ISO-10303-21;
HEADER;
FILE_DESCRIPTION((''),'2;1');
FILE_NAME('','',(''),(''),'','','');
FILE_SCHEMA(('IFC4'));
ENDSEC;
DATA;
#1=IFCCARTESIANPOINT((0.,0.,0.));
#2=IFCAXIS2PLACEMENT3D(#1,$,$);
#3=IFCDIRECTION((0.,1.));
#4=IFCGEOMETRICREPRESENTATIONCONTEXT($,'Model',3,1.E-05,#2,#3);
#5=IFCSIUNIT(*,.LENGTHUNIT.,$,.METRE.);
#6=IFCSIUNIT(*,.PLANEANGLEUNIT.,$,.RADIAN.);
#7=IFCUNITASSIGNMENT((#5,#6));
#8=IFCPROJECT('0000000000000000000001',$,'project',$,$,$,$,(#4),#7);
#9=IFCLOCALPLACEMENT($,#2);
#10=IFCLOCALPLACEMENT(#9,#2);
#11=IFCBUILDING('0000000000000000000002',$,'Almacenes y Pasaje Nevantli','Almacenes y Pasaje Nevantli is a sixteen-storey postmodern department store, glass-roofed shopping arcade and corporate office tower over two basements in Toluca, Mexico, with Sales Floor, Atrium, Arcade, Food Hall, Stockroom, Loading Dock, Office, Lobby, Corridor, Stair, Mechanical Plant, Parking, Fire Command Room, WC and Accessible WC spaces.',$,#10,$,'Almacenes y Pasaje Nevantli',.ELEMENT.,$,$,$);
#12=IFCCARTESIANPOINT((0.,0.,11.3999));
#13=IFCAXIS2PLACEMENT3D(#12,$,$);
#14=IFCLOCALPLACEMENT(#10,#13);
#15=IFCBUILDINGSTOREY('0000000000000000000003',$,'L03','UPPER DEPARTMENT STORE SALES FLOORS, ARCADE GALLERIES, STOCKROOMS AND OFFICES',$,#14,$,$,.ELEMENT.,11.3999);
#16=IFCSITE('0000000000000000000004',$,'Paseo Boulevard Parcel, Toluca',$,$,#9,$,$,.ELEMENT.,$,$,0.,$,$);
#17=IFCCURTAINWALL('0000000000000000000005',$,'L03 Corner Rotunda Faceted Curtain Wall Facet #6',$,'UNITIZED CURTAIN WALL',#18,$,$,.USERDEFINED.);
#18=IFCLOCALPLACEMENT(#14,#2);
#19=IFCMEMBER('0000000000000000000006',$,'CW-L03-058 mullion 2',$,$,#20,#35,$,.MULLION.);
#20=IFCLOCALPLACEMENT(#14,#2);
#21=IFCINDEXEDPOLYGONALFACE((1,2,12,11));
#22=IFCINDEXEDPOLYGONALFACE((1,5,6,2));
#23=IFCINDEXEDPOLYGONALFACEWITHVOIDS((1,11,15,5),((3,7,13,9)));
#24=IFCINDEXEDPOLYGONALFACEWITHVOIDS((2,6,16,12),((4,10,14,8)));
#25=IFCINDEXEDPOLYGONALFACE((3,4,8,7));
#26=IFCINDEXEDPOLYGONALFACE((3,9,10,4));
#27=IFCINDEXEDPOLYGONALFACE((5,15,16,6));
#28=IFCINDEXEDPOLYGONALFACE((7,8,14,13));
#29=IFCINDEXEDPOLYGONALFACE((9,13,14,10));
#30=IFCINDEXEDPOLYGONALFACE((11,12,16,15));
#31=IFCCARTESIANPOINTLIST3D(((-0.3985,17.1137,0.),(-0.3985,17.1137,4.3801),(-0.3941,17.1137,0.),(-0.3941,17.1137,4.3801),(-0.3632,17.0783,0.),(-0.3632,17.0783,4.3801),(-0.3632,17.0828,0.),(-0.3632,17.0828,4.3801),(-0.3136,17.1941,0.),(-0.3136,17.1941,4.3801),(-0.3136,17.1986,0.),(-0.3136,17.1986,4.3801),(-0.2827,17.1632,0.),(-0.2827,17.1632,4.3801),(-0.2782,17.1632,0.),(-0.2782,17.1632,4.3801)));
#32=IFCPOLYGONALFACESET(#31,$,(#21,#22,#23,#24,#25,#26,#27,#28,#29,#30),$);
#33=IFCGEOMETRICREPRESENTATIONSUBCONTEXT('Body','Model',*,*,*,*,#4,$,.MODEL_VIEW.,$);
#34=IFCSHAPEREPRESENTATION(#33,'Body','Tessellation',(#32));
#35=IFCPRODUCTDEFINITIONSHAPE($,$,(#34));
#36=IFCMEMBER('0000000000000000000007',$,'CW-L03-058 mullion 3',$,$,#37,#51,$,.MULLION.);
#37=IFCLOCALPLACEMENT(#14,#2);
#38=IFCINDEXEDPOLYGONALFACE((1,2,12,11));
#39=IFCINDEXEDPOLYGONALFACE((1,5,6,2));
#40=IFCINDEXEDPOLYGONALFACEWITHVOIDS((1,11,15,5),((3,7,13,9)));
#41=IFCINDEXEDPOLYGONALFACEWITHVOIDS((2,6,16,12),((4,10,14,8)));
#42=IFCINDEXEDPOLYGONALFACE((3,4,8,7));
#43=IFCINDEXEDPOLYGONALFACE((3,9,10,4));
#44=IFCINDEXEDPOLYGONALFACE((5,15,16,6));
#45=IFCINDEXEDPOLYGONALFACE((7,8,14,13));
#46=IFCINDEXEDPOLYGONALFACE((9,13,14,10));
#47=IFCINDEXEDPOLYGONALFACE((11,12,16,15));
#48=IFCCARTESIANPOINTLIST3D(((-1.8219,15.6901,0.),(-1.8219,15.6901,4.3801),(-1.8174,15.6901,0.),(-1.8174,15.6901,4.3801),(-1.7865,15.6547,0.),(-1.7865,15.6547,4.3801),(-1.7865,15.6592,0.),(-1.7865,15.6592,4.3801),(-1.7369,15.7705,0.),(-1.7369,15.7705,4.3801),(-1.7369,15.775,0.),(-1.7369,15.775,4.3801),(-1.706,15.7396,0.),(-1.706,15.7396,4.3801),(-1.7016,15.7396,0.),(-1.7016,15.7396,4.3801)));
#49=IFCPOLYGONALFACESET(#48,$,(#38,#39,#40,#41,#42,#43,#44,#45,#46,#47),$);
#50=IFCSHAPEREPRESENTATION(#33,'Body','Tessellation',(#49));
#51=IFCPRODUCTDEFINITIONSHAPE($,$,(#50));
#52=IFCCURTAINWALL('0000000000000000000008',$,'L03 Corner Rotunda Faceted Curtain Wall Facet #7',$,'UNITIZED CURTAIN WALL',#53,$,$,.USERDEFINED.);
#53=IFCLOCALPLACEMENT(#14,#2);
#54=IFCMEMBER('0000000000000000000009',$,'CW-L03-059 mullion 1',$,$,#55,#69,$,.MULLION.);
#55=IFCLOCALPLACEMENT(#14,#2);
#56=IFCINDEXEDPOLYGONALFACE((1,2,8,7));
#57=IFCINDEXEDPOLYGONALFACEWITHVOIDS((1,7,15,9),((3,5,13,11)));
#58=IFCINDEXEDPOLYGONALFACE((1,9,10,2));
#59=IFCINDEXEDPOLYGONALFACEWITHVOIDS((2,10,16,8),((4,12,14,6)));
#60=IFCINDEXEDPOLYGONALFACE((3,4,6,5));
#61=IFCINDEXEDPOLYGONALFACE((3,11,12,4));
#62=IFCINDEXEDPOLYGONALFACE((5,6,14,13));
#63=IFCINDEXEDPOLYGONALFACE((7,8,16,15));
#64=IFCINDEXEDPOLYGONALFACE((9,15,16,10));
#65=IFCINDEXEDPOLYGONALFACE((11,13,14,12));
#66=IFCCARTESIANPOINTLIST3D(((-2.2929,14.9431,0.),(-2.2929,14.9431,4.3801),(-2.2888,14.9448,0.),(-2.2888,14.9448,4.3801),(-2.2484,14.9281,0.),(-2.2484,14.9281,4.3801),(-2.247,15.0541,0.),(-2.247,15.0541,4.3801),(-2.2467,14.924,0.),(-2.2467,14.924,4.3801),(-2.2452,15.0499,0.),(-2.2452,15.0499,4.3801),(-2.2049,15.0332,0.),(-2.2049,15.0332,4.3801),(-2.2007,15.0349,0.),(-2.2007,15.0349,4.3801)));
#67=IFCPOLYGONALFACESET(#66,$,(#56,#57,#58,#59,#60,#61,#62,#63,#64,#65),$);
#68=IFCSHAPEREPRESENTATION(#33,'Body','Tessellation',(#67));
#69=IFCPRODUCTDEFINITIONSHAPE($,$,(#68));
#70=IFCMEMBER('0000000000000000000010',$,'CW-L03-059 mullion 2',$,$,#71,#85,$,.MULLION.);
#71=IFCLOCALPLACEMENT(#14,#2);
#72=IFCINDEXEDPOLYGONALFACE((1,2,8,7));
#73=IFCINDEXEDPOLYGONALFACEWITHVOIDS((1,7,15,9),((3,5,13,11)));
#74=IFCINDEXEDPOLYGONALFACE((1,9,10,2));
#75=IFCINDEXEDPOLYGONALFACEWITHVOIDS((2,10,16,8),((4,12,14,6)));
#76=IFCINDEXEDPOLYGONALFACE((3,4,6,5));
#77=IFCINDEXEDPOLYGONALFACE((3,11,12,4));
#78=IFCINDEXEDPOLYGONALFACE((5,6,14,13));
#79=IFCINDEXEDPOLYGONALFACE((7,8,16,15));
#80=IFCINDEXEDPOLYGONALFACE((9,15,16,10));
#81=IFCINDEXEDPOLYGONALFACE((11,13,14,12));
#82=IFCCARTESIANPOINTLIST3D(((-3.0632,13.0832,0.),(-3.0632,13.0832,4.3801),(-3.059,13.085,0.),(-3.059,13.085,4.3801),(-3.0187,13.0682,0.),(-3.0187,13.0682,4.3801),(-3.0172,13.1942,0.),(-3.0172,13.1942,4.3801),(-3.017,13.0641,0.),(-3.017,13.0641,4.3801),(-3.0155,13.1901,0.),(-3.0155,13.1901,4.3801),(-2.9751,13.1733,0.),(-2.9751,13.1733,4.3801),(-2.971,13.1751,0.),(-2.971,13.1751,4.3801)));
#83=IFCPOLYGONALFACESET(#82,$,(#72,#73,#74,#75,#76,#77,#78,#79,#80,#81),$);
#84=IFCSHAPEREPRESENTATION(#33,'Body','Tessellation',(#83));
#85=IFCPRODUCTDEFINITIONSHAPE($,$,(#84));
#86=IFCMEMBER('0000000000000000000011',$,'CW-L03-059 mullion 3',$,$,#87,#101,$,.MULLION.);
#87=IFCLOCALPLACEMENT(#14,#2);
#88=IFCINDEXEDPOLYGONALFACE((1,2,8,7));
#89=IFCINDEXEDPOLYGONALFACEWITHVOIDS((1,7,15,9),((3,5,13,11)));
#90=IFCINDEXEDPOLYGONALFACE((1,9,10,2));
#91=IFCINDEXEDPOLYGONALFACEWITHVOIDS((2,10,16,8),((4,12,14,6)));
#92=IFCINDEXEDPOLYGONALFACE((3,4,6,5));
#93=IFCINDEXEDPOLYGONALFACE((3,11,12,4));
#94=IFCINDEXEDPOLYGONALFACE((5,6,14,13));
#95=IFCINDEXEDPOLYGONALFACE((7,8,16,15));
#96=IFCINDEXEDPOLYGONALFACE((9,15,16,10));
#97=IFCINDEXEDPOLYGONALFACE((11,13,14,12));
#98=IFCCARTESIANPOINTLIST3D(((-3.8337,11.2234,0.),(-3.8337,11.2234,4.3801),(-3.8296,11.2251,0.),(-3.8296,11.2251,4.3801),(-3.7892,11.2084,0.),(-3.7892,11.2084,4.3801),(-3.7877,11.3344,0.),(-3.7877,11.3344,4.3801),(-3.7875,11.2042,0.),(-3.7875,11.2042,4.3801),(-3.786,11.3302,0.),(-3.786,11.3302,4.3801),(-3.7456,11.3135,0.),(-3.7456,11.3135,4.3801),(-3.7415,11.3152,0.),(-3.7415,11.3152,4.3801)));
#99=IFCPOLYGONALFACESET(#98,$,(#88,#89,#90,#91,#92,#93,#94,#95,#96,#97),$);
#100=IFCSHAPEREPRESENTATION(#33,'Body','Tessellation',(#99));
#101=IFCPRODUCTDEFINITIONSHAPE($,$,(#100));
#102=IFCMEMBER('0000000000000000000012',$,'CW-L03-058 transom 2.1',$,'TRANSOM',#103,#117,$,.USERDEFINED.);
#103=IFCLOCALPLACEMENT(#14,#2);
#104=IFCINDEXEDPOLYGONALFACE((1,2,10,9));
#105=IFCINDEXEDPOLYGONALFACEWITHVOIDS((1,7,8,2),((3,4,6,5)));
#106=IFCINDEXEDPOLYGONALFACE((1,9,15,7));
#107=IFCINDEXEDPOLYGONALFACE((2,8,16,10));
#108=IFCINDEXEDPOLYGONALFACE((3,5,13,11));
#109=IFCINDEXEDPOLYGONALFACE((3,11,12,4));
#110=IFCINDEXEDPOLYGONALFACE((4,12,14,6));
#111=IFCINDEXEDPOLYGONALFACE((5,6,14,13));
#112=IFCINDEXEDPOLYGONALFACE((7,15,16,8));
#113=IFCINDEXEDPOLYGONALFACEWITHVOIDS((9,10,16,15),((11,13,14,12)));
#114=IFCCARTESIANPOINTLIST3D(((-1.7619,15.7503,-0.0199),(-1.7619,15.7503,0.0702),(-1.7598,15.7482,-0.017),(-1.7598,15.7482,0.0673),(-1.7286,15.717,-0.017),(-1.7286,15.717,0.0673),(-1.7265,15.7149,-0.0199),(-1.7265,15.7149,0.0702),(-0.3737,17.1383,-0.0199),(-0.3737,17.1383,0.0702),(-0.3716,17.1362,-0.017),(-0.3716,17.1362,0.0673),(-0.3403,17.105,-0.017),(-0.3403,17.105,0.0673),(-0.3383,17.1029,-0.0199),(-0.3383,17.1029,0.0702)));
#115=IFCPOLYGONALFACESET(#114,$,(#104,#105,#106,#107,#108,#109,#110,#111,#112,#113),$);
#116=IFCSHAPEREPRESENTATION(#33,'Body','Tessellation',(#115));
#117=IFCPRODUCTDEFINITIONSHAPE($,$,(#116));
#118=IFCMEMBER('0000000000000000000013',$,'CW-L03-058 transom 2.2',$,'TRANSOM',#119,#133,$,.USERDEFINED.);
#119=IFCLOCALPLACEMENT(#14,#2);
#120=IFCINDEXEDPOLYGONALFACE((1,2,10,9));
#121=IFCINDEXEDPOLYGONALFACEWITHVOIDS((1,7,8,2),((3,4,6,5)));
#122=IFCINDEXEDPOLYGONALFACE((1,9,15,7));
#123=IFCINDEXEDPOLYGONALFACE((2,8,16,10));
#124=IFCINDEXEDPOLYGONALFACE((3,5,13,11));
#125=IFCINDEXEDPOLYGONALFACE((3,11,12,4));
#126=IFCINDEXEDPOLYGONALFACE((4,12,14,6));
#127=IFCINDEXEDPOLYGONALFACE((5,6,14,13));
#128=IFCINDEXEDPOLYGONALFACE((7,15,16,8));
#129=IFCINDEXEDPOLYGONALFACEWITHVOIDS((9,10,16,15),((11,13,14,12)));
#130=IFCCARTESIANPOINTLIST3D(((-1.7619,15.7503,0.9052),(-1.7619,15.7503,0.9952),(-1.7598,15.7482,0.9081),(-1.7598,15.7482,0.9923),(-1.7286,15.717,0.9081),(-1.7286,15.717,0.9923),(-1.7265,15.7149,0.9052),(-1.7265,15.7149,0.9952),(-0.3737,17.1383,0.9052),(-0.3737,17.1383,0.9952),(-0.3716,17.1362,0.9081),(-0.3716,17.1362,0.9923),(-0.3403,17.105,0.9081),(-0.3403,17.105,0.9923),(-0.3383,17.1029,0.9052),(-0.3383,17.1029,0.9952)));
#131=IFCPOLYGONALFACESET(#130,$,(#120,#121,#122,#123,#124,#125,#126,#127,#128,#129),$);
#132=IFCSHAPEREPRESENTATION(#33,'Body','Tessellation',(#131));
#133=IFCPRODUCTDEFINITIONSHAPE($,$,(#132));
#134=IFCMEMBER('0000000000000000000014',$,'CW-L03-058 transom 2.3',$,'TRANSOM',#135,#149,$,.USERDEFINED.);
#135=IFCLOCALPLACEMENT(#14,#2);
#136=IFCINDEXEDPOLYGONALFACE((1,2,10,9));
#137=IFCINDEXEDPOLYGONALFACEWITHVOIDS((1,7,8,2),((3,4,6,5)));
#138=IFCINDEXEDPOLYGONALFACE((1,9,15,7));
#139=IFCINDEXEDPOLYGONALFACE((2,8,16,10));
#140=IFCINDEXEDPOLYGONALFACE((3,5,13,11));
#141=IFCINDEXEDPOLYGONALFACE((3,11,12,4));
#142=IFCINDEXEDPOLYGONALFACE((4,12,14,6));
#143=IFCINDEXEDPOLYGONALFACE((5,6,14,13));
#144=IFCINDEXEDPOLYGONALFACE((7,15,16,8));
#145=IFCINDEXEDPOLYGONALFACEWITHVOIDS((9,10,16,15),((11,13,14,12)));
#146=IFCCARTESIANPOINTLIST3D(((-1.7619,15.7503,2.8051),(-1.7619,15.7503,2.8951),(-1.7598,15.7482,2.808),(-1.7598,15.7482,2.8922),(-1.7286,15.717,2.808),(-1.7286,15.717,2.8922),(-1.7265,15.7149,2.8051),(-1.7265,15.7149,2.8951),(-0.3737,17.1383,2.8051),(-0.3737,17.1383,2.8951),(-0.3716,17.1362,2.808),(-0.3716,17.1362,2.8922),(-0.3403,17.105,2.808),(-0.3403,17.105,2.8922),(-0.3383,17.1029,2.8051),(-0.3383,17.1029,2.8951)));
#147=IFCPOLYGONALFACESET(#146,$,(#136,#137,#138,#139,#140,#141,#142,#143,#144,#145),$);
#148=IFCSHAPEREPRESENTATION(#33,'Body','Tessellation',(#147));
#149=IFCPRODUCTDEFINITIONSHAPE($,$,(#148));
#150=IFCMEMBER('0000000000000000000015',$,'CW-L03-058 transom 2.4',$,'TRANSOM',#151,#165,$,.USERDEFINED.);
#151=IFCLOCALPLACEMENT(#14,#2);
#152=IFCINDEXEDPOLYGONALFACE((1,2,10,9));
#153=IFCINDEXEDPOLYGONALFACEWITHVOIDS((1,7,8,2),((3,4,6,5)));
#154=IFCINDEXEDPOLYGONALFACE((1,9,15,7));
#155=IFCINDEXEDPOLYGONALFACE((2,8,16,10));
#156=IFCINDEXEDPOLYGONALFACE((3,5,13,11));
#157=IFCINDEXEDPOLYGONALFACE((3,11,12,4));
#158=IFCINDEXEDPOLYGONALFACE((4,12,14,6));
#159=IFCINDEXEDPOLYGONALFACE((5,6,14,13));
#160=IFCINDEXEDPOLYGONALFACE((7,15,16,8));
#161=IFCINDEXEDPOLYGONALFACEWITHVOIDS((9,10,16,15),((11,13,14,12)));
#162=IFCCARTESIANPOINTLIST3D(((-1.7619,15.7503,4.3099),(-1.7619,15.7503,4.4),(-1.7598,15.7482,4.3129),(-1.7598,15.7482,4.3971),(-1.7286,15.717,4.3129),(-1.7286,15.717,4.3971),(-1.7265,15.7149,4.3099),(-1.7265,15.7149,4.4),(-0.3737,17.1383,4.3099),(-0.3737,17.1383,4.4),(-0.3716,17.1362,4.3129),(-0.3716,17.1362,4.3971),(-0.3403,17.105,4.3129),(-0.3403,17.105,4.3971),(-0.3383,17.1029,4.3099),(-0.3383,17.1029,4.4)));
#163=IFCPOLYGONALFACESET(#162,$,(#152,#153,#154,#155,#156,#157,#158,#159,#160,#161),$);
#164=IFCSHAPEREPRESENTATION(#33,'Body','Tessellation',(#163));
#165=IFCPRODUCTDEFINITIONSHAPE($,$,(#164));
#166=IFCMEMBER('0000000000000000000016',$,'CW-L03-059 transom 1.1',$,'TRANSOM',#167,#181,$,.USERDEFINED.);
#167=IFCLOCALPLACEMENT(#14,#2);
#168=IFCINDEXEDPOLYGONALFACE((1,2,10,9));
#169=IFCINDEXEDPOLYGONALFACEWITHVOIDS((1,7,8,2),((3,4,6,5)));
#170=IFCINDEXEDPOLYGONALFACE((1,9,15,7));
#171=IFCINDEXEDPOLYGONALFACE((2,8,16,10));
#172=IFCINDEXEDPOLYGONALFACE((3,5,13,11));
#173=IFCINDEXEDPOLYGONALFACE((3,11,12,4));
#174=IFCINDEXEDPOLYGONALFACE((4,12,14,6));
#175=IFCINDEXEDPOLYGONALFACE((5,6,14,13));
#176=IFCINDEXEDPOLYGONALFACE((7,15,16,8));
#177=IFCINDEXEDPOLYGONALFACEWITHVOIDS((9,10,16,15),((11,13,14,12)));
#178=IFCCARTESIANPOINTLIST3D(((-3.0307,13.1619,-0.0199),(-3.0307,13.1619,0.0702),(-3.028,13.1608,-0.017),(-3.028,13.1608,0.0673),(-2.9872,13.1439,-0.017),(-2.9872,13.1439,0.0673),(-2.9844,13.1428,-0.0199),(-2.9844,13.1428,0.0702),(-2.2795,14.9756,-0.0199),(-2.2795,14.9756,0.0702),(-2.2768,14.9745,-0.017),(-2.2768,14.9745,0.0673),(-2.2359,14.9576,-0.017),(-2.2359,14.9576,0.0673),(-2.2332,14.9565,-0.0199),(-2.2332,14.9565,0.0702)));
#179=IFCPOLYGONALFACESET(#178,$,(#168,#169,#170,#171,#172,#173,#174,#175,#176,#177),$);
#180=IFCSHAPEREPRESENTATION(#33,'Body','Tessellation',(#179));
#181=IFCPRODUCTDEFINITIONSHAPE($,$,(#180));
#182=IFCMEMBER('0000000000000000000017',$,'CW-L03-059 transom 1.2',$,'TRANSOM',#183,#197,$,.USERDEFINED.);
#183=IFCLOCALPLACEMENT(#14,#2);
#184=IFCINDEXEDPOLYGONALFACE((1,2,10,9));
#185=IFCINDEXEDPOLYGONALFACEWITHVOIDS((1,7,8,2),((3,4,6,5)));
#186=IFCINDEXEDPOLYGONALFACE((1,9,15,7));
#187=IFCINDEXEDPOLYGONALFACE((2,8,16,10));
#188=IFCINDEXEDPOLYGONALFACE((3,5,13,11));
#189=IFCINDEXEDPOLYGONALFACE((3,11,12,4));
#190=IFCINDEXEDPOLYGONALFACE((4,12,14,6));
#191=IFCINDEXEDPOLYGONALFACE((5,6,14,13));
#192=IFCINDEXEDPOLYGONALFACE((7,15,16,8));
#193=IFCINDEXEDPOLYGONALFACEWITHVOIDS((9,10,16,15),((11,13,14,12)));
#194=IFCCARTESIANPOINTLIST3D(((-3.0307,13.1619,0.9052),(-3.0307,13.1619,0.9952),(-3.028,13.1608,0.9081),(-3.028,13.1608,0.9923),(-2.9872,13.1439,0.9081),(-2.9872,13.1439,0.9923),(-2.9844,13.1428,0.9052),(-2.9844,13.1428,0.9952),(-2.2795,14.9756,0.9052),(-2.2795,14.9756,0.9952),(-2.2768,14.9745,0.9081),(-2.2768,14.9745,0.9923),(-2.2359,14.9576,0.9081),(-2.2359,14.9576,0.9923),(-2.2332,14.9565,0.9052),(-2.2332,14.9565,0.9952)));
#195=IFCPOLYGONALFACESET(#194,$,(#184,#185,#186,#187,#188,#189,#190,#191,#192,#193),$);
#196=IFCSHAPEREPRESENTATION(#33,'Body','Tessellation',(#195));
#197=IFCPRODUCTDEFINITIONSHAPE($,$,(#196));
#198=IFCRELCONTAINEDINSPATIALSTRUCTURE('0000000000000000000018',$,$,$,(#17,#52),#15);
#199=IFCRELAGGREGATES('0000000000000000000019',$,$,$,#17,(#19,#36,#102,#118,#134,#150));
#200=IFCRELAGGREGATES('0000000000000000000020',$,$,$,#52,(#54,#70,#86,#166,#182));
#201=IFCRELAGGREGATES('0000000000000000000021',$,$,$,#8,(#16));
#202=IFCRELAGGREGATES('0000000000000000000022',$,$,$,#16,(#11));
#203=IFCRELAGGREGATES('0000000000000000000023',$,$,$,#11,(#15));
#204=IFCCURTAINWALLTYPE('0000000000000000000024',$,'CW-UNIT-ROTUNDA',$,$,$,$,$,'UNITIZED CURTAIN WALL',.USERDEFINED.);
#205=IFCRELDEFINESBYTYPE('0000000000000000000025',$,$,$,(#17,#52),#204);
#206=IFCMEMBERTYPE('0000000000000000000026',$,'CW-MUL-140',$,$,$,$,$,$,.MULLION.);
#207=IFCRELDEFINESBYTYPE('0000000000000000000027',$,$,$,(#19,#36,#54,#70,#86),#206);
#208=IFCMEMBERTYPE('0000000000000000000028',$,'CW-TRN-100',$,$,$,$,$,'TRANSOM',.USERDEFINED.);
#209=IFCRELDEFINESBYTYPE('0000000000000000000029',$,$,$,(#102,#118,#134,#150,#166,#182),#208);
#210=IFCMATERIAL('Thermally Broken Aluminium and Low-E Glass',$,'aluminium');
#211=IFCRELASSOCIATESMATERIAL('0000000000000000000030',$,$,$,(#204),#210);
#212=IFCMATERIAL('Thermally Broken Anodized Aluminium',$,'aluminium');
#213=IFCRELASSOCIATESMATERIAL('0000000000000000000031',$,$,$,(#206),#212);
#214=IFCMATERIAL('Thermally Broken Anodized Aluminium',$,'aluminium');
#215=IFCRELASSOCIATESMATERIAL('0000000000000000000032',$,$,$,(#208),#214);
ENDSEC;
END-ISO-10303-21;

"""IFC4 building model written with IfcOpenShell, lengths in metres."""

from ifc_helpers import new_model, si_unit, direction, frame, origin, origin_2d, place, context, subcontext, project, spatial, hollow_rectangle, extrude, material, material_profile, profile_set, type_object, element, aggregate, save


model = new_model("IFC4")

# Units and contexts
model_context = context("Model", 3, precision=1e-05, world=origin(), true_north=direction((0.0, 1.0)))
body_context = subcontext(model_context, "Body", "Model", "MODEL_VIEW")
ifc_project = project(units=[si_unit("LENGTHUNIT", "METRE"), si_unit("PLANEANGLEUNIT", "RADIAN")], contexts=[model_context])

# Site, building, storey
site_placement = place(None, origin())
site = spatial("IfcSite", under=ifc_project, at=site_placement, Name="Paseo Boulevard Parcel, Toluca", CompositionType="ELEMENT", RefElevation=0.0)
building_placement = place(site_placement, origin())
building = spatial("IfcBuilding", under=site, at=building_placement, Name="Almacenes y Pasaje Nevantli", Description="Almacenes y Pasaje Nevantli is a sixteen-storey postmodern department store, glass-roofed shopping arcade and corporate office tower over two basements in Toluca, Mexico, with Sales Floor, Atrium, Arcade, Food Hall, Stockroom, Loading Dock, Office, Lobby, Corridor, Stair, Mechanical Plant, Parking, Fire Command Room, WC and Accessible WC spaces.", LongName="Almacenes y Pasaje Nevantli", CompositionType="ELEMENT")
storey_placement = place(building_placement, frame((0.0, 0.0, 11.3999)))
storey = spatial("IfcBuildingStorey", under=building, at=storey_placement, Name="L03", Description="UPPER DEPARTMENT STORE SALES FLOORS, ARCADE GALLERIES, STOCKROOMS AND OFFICES", CompositionType="ELEMENT", Elevation=11.3999)

# Curtain walls, members
ifc_material_1 = material(Name="Thermally Broken Aluminium and Low-E Glass", Category="aluminium")
curtain_wall_type = type_object("IfcCurtainWallType", Name="CW-UNIT-ROTUNDA", ElementType="UNITIZED CURTAIN WALL", PredefinedType="USERDEFINED", material=ifc_material_1)
curtain_wall_1_placement = place(storey_placement, origin())
curtain_wall_1 = element("IfcCurtainWall", 1, at=curtain_wall_1_placement, inside=storey, type_object=curtain_wall_type, Name="L03 Corner Rotunda Faceted Curtain Wall Facet #6", ObjectType="UNITIZED CURTAIN WALL", PredefinedType="USERDEFINED")
ifc_material_2 = material(Name="Thermally Broken Anodized Aluminium", Category="aluminium")
ifc_material_profile_1 = material_profile(ifc_material_2, hollow_rectangle(XDim=0.05, YDim=0.1201, WallThickness=0.0032, at=origin_2d()), Name="ALU-MUL-50x120")
ifc_profile_set_1 = profile_set([ifc_material_profile_1], Name="Thermally Broken Anodized Aluminium")
member_type_1 = type_object("IfcMemberType", Name="CW-MUL-140", PredefinedType="MULLION", material=ifc_profile_set_1)
member_1_placement = place(storey_placement, frame((-0.3384, 17.1384, 0.0), z_axis=(0.0, 0.0, 1.0), x_axis=(0.707107, -0.707107, 0.0)))
member_1 = element("IfcMember", 2, at=member_1_placement, type_object=member_type_1, Name="CW-L03-058 mullion 2", PredefinedType="MULLION", context=body_context, shape_type="SweptSolid", body=[
    extrude(hollow_rectangle(XDim=0.05, YDim=0.1201, WallThickness=0.0032, at=origin_2d()), origin(), (0.0, 0.0, 1.0), 4.3801),
])
member_2_placement = place(storey_placement, frame((-1.7617, 15.7148, 0.0), z_axis=(0.0, 0.0, 1.0), x_axis=(0.707107, -0.707107, 0.0)))
member_2 = element("IfcMember", 3, at=member_2_placement, type_object=member_type_1, Name="CW-L03-058 mullion 3", PredefinedType="MULLION", context=body_context, shape_type="SweptSolid", body=[
    extrude(hollow_rectangle(XDim=0.05, YDim=0.1201, WallThickness=0.0032, at=origin_2d()), origin(), (0.0, 0.0, 1.0), 4.3801),
])
curtain_wall_2_placement = place(storey_placement, origin())
curtain_wall_2 = element("IfcCurtainWall", 4, at=curtain_wall_2_placement, inside=storey, type_object=curtain_wall_type, Name="L03 Corner Rotunda Faceted Curtain Wall Facet #7", ObjectType="UNITIZED CURTAIN WALL", PredefinedType="USERDEFINED")
member_3_placement = place(storey_placement, frame((-2.2468, 14.989, 0.0), z_axis=(0.0, 0.0, 1.0), x_axis=(0.923873, -0.382698, 0.0)))
member_3 = element("IfcMember", 5, at=member_3_placement, type_object=member_type_1, Name="CW-L03-059 mullion 1", PredefinedType="MULLION", context=body_context, shape_type="SweptSolid", body=[
    extrude(hollow_rectangle(XDim=0.05, YDim=0.1201, WallThickness=0.0032, at=origin_2d()), origin(), (0.0, 0.0, 1.0), 4.3801),
])
member_4_placement = place(storey_placement, frame((-3.0171, 13.1292, 0.0), z_axis=(0.0, 0.0, 1.0), x_axis=(0.923873, -0.382698, 0.0)))
member_4 = element("IfcMember", 6, at=member_4_placement, type_object=member_type_1, Name="CW-L03-059 mullion 2", PredefinedType="MULLION", context=body_context, shape_type="SweptSolid", body=[
    extrude(hollow_rectangle(XDim=0.05, YDim=0.1201, WallThickness=0.0032, at=origin_2d()), origin(), (0.0, 0.0, 1.0), 4.3801),
])
member_5_placement = place(storey_placement, frame((-3.7876, 11.2693, 0.0), z_axis=(0.0, 0.0, 1.0), x_axis=(0.923873, -0.382698, 0.0)))
member_5 = element("IfcMember", 7, at=member_5_placement, type_object=member_type_1, Name="CW-L03-059 mullion 3", PredefinedType="MULLION", context=body_context, shape_type="SweptSolid", body=[
    extrude(hollow_rectangle(XDim=0.05, YDim=0.1201, WallThickness=0.0032, at=origin_2d()), origin(), (0.0, 0.0, 1.0), 4.3801),
])

# Members
ifc_material_3 = material(Name="Thermally Broken Anodized Aluminium", Category="aluminium")
ifc_material_profile_2 = material_profile(ifc_material_3, hollow_rectangle(XDim=0.05, YDim=0.0901, WallThickness=0.0029, at=origin_2d()), Name="ALU-TRN-50x90")
ifc_profile_set_2 = profile_set([ifc_material_profile_2], Name="Thermally Broken Anodized Aluminium")
member_type_2 = type_object("IfcMemberType", Name="CW-TRN-100", ElementType="TRANSOM", PredefinedType="USERDEFINED", material=ifc_profile_set_2)
member_6_placement = place(storey_placement, frame((-0.356, 17.1206, 0.0251), z_axis=(-0.707169, -0.707045, 0.0), x_axis=(0.707045, -0.707169, 0.0)))
member_6 = element("IfcMember", 8, at=member_6_placement, type_object=member_type_2, Name="CW-L03-058 transom 2.1", ObjectType="TRANSOM", PredefinedType="USERDEFINED", context=body_context, shape_type="SweptSolid", body=[
    extrude(hollow_rectangle(XDim=0.05, YDim=0.0901, WallThickness=0.0029, at=origin_2d()), origin(), (0.0, 0.0, 1.0), 1.9631),
])
member_7_placement = place(storey_placement, frame((-0.356, 17.1206, 0.9502), z_axis=(-0.707169, -0.707045, 0.0), x_axis=(0.707045, -0.707169, 0.0)))
member_7 = element("IfcMember", 9, at=member_7_placement, type_object=member_type_2, Name="CW-L03-058 transom 2.2", ObjectType="TRANSOM", PredefinedType="USERDEFINED", context=body_context, shape_type="SweptSolid", body=[
    extrude(hollow_rectangle(XDim=0.05, YDim=0.0901, WallThickness=0.0029, at=origin_2d()), origin(), (0.0, 0.0, 1.0), 1.9631),
])
member_8_placement = place(storey_placement, frame((-0.356, 17.1206, 2.8501), z_axis=(-0.707169, -0.707045, 0.0), x_axis=(0.707045, -0.707169, 0.0)))
member_8 = element("IfcMember", 10, at=member_8_placement, type_object=member_type_2, Name="CW-L03-058 transom 2.3", ObjectType="TRANSOM", PredefinedType="USERDEFINED", context=body_context, shape_type="SweptSolid", body=[
    extrude(hollow_rectangle(XDim=0.05, YDim=0.0901, WallThickness=0.0029, at=origin_2d()), origin(), (0.0, 0.0, 1.0), 1.9631),
])
member_9_placement = place(storey_placement, frame((-0.356, 17.1206, 4.355), z_axis=(-0.707169, -0.707045, 0.0), x_axis=(0.707045, -0.707169, 0.0)))
member_9 = element("IfcMember", 11, at=member_9_placement, type_object=member_type_2, Name="CW-L03-058 transom 2.4", ObjectType="TRANSOM", PredefinedType="USERDEFINED", context=body_context, shape_type="SweptSolid", body=[
    extrude(hollow_rectangle(XDim=0.05, YDim=0.0901, WallThickness=0.0029, at=origin_2d()), origin(), (0.0, 0.0, 1.0), 1.9631),
])
member_10_placement = place(storey_placement, frame((-2.2563, 14.9661, 0.0251), z_axis=(-0.382663, -0.923888, 0.0), x_axis=(0.923888, -0.382663, 0.0)))
member_10 = element("IfcMember", 12, at=member_10_placement, type_object=member_type_2, Name="CW-L03-059 transom 1.1", ObjectType="TRANSOM", PredefinedType="USERDEFINED", context=body_context, shape_type="SweptSolid", body=[
    extrude(hollow_rectangle(XDim=0.05, YDim=0.0901, WallThickness=0.0029, at=origin_2d()), origin(), (0.0, 0.0, 1.0), 1.9631),
])
member_11_placement = place(storey_placement, frame((-2.2563, 14.9661, 0.9502), z_axis=(-0.382663, -0.923888, 0.0), x_axis=(0.923888, -0.382663, 0.0)))
member_11 = element("IfcMember", 13, at=member_11_placement, type_object=member_type_2, Name="CW-L03-059 transom 1.2", ObjectType="TRANSOM", PredefinedType="USERDEFINED", context=body_context, shape_type="SweptSolid", body=[
    extrude(hollow_rectangle(XDim=0.05, YDim=0.0901, WallThickness=0.0029, at=origin_2d()), origin(), (0.0, 0.0, 1.0), 1.9631),
])

aggregate(curtain_wall_1, [member_1, member_2, member_6, member_7, member_8, member_9])
aggregate(curtain_wall_2, [member_3, member_4, member_5, member_10, member_11])

save(model, "model.ifc")
